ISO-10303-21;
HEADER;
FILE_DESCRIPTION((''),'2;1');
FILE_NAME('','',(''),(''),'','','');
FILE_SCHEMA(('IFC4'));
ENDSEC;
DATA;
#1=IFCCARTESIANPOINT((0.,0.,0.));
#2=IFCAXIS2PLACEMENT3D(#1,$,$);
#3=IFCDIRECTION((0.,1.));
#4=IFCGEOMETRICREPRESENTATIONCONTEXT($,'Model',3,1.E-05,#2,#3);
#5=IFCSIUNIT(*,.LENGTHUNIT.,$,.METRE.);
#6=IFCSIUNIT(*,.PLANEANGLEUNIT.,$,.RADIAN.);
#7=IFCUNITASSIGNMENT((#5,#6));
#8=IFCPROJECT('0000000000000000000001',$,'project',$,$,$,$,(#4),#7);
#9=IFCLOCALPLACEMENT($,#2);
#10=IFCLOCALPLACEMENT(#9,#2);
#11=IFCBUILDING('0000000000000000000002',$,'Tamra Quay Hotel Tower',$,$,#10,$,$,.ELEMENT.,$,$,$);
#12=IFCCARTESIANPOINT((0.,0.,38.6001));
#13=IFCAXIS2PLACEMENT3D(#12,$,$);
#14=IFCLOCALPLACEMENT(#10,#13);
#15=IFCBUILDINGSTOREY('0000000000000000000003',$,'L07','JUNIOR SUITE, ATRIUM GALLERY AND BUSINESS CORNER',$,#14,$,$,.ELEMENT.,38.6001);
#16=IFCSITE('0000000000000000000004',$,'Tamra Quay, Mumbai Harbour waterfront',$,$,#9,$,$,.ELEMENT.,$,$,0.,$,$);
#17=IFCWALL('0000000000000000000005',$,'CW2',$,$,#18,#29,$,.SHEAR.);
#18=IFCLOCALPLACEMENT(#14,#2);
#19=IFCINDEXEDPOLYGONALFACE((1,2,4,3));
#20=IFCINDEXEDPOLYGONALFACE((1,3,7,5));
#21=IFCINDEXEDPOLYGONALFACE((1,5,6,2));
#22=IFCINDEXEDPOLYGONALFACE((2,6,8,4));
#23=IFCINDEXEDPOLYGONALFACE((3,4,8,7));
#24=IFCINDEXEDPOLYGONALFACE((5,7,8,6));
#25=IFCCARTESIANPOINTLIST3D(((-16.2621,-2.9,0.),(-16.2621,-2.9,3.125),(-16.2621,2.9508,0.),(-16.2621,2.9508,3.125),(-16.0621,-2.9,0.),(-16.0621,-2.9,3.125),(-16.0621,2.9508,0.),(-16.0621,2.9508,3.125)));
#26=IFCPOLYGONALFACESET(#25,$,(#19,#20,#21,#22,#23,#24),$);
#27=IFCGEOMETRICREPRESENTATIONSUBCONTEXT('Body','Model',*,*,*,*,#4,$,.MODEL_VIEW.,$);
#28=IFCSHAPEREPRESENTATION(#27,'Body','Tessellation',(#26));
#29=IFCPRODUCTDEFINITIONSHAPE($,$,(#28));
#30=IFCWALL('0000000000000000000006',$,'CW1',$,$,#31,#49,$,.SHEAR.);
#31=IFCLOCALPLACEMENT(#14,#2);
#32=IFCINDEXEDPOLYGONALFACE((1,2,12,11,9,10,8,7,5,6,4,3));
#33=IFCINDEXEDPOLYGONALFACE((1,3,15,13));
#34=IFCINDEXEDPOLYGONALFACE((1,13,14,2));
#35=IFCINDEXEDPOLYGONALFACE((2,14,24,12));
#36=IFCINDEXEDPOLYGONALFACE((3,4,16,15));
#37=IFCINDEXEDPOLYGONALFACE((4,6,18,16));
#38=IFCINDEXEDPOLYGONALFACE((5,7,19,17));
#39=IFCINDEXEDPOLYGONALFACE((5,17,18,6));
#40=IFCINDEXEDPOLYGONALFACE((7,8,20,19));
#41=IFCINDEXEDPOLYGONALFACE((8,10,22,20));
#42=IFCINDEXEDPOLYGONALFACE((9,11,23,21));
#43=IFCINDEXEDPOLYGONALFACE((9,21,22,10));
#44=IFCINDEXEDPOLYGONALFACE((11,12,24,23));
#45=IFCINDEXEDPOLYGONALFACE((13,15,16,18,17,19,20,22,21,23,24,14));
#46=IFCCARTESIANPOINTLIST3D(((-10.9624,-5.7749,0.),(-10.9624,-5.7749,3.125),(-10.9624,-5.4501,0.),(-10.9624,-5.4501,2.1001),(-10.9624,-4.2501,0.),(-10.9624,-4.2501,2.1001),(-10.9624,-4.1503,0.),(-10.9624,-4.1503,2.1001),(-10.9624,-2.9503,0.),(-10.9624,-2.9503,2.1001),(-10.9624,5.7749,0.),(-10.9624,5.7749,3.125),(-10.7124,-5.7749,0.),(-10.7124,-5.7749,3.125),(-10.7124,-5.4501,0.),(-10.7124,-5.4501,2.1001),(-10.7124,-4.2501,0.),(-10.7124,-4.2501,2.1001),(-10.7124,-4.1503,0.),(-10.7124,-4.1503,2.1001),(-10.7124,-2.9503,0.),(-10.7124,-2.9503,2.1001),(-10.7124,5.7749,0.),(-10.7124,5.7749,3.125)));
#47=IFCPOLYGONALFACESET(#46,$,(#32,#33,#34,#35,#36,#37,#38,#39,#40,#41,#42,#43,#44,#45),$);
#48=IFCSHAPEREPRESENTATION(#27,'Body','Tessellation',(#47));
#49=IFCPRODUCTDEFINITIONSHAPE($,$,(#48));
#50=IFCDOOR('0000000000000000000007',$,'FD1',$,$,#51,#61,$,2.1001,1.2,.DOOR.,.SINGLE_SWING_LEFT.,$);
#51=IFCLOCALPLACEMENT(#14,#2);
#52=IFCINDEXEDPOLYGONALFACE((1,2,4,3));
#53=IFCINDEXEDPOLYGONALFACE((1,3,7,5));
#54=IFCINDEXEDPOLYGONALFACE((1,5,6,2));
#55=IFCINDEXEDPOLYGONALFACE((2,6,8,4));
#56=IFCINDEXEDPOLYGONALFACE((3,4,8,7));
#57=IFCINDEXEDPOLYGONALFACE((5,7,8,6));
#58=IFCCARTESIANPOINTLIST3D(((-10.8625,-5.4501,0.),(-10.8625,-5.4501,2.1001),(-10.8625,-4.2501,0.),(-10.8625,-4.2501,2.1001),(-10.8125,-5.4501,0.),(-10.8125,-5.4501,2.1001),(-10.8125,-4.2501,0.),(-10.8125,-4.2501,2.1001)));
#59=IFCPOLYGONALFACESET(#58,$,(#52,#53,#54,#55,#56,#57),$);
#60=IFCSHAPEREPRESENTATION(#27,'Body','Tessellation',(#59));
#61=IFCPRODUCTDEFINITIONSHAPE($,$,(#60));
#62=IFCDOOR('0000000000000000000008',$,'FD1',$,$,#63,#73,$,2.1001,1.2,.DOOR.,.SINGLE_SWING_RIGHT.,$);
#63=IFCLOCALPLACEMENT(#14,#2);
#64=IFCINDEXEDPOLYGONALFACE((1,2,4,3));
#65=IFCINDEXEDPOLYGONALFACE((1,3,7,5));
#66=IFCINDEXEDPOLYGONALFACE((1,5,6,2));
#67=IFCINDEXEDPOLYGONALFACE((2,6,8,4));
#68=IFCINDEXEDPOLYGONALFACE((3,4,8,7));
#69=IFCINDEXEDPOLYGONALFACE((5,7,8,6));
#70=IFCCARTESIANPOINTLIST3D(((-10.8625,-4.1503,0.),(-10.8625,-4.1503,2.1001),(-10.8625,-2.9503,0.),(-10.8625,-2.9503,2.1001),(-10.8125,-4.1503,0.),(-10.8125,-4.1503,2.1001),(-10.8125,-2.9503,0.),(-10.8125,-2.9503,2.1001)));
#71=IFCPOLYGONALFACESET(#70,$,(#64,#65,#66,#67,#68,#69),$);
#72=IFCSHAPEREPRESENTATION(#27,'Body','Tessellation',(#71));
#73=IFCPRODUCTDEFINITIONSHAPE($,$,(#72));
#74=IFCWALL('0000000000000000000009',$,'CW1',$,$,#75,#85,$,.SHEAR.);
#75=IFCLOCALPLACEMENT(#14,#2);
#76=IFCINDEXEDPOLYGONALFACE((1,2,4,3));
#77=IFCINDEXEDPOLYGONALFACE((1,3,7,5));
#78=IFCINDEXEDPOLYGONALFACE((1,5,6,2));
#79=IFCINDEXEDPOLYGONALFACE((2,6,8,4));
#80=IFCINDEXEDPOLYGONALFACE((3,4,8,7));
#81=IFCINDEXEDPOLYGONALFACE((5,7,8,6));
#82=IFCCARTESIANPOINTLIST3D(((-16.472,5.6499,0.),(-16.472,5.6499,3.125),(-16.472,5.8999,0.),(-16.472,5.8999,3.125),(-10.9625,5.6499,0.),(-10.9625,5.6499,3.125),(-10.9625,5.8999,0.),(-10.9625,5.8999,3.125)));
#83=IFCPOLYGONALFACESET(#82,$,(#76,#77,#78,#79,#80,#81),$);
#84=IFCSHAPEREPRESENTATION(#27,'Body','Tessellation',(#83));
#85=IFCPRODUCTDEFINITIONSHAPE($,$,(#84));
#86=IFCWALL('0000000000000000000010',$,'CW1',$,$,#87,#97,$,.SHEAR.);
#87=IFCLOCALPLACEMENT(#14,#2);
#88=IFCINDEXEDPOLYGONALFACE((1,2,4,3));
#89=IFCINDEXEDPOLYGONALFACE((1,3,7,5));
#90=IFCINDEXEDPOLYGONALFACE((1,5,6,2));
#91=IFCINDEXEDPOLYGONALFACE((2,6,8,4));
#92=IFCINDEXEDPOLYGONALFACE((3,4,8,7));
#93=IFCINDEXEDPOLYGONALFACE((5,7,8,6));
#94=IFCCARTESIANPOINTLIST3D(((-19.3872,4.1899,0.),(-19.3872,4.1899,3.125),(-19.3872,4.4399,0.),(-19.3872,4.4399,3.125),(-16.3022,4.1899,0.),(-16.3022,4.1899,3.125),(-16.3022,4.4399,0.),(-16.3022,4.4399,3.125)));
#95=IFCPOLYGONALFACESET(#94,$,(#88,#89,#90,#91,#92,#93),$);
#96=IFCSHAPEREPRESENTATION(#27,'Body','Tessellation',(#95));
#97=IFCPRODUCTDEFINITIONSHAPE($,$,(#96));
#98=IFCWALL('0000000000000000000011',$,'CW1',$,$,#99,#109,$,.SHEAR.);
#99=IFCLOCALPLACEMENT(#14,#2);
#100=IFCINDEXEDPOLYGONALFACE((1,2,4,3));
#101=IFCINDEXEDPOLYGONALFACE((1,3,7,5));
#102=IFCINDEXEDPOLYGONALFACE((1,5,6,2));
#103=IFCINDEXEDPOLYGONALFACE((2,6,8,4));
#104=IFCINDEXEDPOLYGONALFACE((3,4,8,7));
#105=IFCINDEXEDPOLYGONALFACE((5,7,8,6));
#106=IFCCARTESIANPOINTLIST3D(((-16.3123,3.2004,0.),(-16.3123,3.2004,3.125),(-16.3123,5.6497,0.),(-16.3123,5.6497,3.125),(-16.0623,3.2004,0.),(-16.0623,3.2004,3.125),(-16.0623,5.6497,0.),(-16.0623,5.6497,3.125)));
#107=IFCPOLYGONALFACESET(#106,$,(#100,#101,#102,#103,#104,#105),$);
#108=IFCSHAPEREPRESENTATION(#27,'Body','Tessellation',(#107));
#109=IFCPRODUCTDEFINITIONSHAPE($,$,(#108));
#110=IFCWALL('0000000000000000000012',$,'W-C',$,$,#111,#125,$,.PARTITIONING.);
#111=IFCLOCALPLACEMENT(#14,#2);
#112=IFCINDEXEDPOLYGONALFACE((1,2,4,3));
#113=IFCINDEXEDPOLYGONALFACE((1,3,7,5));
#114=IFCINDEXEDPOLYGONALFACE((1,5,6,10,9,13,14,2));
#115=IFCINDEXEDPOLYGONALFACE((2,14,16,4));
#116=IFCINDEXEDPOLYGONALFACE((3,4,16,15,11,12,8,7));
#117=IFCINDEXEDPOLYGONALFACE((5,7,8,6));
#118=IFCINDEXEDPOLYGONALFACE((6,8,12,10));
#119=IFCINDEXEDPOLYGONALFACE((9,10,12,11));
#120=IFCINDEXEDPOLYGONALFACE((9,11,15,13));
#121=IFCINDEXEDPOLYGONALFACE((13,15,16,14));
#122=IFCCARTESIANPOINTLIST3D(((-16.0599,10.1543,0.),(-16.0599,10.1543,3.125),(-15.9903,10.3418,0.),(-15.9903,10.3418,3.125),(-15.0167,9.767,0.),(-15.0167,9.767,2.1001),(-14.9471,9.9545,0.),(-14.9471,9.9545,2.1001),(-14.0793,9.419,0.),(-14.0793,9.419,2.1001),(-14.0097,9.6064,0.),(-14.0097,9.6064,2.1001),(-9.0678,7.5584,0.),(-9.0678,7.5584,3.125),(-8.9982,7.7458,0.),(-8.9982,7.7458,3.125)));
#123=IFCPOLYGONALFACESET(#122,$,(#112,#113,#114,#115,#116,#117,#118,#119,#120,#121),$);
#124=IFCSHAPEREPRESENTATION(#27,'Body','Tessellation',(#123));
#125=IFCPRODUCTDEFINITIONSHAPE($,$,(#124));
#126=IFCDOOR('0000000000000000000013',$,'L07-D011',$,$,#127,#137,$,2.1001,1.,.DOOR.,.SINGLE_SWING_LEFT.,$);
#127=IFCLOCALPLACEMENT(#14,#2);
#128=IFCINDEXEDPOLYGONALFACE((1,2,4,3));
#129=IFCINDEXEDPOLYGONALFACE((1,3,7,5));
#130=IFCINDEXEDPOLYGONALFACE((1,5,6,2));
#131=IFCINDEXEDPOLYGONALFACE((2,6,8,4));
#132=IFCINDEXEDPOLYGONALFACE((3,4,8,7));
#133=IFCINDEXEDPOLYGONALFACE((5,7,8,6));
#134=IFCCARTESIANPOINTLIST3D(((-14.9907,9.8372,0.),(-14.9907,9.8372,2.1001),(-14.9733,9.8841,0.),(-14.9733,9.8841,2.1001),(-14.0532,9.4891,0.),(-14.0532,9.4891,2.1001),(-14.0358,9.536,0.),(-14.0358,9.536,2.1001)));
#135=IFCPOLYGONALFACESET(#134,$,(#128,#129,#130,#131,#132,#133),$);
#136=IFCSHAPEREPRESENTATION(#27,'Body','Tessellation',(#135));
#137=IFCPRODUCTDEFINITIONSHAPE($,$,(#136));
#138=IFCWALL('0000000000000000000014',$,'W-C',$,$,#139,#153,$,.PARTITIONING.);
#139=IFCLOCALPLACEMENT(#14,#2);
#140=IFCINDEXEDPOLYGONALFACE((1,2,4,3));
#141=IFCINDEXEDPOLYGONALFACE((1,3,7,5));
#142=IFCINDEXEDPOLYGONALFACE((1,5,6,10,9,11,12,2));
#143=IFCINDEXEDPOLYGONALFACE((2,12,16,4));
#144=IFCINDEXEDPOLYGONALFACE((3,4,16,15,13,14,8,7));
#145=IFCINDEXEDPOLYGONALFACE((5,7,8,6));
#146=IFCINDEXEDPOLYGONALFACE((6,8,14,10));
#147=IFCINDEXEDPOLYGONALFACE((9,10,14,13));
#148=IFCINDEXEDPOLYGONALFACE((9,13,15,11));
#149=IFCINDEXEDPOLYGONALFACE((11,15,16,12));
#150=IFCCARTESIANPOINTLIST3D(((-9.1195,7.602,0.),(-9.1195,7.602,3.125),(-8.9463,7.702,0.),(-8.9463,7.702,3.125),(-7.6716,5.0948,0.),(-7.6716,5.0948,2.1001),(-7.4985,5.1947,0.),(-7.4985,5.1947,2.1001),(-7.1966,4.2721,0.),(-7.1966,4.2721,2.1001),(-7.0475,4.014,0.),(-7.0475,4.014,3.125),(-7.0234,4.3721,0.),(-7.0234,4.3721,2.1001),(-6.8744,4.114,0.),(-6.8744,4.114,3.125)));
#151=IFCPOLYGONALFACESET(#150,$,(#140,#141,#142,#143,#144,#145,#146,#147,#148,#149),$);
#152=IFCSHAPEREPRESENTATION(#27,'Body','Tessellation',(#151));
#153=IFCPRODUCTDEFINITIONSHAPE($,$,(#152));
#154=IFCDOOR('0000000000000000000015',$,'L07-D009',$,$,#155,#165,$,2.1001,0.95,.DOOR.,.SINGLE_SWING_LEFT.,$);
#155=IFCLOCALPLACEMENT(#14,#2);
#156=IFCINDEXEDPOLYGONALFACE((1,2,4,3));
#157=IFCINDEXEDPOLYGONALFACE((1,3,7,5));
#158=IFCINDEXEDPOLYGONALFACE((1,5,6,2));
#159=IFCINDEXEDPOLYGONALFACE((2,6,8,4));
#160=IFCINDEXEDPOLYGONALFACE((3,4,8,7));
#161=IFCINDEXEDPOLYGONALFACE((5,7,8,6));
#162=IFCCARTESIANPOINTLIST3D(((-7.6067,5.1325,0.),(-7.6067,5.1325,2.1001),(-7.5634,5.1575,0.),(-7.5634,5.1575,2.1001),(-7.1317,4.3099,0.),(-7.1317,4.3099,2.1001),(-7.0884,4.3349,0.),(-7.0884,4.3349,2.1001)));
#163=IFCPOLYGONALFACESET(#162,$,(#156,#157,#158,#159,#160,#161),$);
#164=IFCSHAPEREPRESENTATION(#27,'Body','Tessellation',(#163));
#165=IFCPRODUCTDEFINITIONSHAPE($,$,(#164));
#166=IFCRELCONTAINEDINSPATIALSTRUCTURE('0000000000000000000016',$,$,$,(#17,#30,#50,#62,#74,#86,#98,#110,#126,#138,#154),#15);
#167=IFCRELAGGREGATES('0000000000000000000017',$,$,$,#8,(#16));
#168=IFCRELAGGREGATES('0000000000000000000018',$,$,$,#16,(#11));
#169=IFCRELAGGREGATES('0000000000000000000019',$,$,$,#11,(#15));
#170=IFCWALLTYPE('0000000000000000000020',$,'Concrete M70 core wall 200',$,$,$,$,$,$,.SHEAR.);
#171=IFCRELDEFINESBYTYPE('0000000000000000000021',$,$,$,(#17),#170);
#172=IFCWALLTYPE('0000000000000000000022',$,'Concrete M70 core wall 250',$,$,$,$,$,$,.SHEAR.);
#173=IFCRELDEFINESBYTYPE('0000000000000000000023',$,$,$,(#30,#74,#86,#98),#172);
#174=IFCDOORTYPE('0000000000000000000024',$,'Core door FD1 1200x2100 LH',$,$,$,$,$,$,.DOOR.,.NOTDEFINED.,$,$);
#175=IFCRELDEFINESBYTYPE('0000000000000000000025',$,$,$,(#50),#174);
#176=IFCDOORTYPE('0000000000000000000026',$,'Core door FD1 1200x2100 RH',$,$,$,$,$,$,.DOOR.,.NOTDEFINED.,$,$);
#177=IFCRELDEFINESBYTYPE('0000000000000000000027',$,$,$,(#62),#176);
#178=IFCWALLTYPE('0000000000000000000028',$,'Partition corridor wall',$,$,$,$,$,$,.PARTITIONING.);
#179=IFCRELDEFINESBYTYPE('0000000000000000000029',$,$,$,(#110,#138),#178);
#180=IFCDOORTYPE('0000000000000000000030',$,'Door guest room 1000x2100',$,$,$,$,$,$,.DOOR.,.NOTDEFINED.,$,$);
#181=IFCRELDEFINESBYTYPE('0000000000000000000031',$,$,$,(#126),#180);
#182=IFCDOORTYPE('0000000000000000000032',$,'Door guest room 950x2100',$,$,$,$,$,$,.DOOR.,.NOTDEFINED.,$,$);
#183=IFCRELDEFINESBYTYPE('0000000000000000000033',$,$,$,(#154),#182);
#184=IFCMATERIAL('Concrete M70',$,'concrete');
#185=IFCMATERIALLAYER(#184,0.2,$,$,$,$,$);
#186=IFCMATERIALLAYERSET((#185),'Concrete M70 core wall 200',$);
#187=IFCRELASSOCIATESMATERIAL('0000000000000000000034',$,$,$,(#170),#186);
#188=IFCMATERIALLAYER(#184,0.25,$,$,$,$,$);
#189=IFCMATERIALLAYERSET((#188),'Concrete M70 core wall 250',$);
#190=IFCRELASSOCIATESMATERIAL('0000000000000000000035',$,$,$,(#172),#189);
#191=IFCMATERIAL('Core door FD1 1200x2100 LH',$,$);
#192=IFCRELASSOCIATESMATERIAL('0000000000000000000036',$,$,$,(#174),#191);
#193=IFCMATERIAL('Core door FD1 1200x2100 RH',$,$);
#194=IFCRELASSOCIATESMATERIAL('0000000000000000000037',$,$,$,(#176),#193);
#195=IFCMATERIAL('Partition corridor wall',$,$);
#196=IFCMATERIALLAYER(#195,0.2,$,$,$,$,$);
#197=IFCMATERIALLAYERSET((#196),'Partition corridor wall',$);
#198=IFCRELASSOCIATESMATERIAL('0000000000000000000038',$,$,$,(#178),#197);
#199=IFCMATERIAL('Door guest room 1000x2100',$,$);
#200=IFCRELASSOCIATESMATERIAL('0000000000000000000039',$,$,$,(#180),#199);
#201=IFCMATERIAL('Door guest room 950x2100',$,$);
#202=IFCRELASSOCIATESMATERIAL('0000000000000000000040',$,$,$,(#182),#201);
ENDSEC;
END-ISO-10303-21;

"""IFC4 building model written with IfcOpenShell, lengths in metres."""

from ifc_helpers import new_model, si_unit, direction, frame, frame_2d, origin, place, context, subcontext, project, spatial, rectangle, extrude, material, layer, layer_set, type_object, element, fill, save


model = new_model("IFC4")

# Units and contexts
model_context = context("Model", 3, precision=1e-05, world=origin(), true_north=direction((0.0, 1.0)))
body_context = subcontext(model_context, "Body", "Model", "MODEL_VIEW")
ifc_project = project(units=[si_unit("LENGTHUNIT", "METRE"), si_unit("PLANEANGLEUNIT", "RADIAN")], contexts=[model_context])

# Site, building, storey
site_placement = place(None, origin())
site = spatial("IfcSite", under=ifc_project, at=site_placement, Name="Tamra Quay, Mumbai Harbour waterfront", CompositionType="ELEMENT", RefElevation=0.0)
building_placement = place(site_placement, origin())
building = spatial("IfcBuilding", under=site, at=building_placement, Name="Tamra Quay Hotel Tower", CompositionType="ELEMENT")
storey_placement = place(building_placement, frame((0.0, 0.0, 38.6001)))
storey = spatial("IfcBuildingStorey", under=building, at=storey_placement, Name="L07", Description="JUNIOR SUITE, ATRIUM GALLERY AND BUSINESS CORNER", CompositionType="ELEMENT", Elevation=38.6001)

# Wall
ifc_material_1 = material(Name="Concrete M70", Category="concrete")
ifc_layer_1 = layer(ifc_material_1, 0.2)
ifc_layer_set_1 = layer_set([ifc_layer_1], Name="Concrete M70 core wall 200")
wall_type_1 = type_object("IfcWallType", Name="Concrete M70 core wall 200", PredefinedType="SHEAR", material=ifc_layer_set_1)
wall_1_placement = place(storey_placement, frame((-16.1621, 2.9507, 0.0), z_axis=(0.0, 0.0, 1.0), x_axis=(0.0, -1.0, 0.0)))
element("IfcWall", 1, at=wall_1_placement, inside=storey, type_object=wall_type_1, Name="CW2", PredefinedType="SHEAR", context=body_context, shape_type="SweptSolid", body=[
    extrude(rectangle(XDim=5.8508, YDim=0.2, at=frame_2d((2.9253, 0.0))), origin(), (0.0, 0.0, 1.0), 3.125),
])

# Wall, openings, doors
ifc_layer_2 = layer(ifc_material_1, 0.25)
ifc_layer_set_2 = layer_set([ifc_layer_2], Name="Concrete M70 core wall 250")
wall_type_2 = type_object("IfcWallType", Name="Concrete M70 core wall 250", PredefinedType="SHEAR", material=ifc_layer_set_2)
wall_2_placement = place(storey_placement, frame((-10.8374, 5.7749, 0.0), z_axis=(0.0, 0.0, 1.0), x_axis=(0.0, -1.0, 0.0)))
wall_2 = element("IfcWall", 2, at=wall_2_placement, inside=storey, type_object=wall_type_2, Name="CW1", PredefinedType="SHEAR", context=body_context, shape_type="SweptSolid", body=[
    extrude(rectangle(XDim=11.5498, YDim=0.25, at=frame_2d((5.7749, 0.0))), origin(), (0.0, 0.0, 1.0), 3.125),
])
opening_1_placement = place(wall_2_placement, frame((10.0249, 0.0, 0.0)))
opening_1 = element("IfcOpeningElement", 3, at=opening_1_placement, cuts=wall_2, PredefinedType="OPENING", context=body_context, shape_type="SweptSolid", body=[
    extrude(rectangle(XDim=1.2, YDim=2.1001, at=frame_2d((0.6001, 1.05))), frame((0.0, 0.135, 0.0), z_axis=(0.0, -1.0, 0.0), x_axis=(1.0, 0.0, 0.0)), (0.0, 0.0, 1.0), 0.27),
])
opening_2_placement = place(wall_2_placement, frame((8.7251, 0.0, 0.0)))
opening_2 = element("IfcOpeningElement", 4, at=opening_2_placement, cuts=wall_2, PredefinedType="OPENING", context=body_context, shape_type="SweptSolid", body=[
    extrude(rectangle(XDim=1.2, YDim=2.1001, at=frame_2d((0.6001, 1.05))), frame((0.0, 0.135, 0.0), z_axis=(0.0, -1.0, 0.0), x_axis=(1.0, 0.0, 0.0)), (0.0, 0.0, 1.0), 0.27),
])
ifc_material_2 = material(Name="Core door FD1 1200x2100 LH")
door_type_1 = type_object("IfcDoorType", Name="Core door FD1 1200x2100 LH", OperationType="NOTDEFINED", PredefinedType="DOOR", material=ifc_material_2)
door_1_placement = place(opening_1_placement, origin())
door_1 = element("IfcDoor", 5, at=door_1_placement, inside=storey, type_object=door_type_1, Name="FD1", OperationType="SINGLE_SWING_LEFT", OverallHeight=2.1001, OverallWidth=1.2, PredefinedType="DOOR", context=body_context, shape_type="SweptSolid", body=[
    extrude(rectangle(XDim=1.2, YDim=2.1001, at=frame_2d((0.6001, 1.05))), frame((0.0, 0.0249, 0.0), z_axis=(0.0, -1.0, 0.0), x_axis=(1.0, 0.0, 0.0)), (0.0, 0.0, 1.0), 0.05),
])
fill(opening_1, door_1)
ifc_material_3 = material(Name="Core door FD1 1200x2100 RH")
door_type_2 = type_object("IfcDoorType", Name="Core door FD1 1200x2100 RH", OperationType="NOTDEFINED", PredefinedType="DOOR", material=ifc_material_3)
door_2_placement = place(opening_2_placement, origin())
door_2 = element("IfcDoor", 6, at=door_2_placement, inside=storey, type_object=door_type_2, Name="FD1", OperationType="SINGLE_SWING_RIGHT", OverallHeight=2.1001, OverallWidth=1.2, PredefinedType="DOOR", context=body_context, shape_type="SweptSolid", body=[
    extrude(rectangle(XDim=1.2, YDim=2.1001, at=frame_2d((0.6001, 1.05))), frame((0.0, 0.0249, 0.0), z_axis=(0.0, -1.0, 0.0), x_axis=(1.0, 0.0, 0.0)), (0.0, 0.0, 1.0), 0.05),
])
fill(opening_2, door_2)

# Walls
wall_3_placement = place(storey_placement, frame((-16.4722, 5.7749, 0.0), z_axis=(0.0, 0.0, 1.0), x_axis=(1.0, 0.0, 0.0)))
element("IfcWall", 7, at=wall_3_placement, inside=storey, type_object=wall_type_2, Name="CW1", PredefinedType="SHEAR", context=body_context, shape_type="SweptSolid", body=[
    extrude(rectangle(XDim=5.5095, YDim=0.25, at=frame_2d((2.7549, 0.0))), origin(), (0.0, 0.0, 1.0), 3.125),
])
wall_4_placement = place(storey_placement, frame((-16.3022, 4.3149, 0.0), z_axis=(0.0, 0.0, 1.0), x_axis=(-1.0, 0.0, 0.0)))
element("IfcWall", 8, at=wall_4_placement, inside=storey, type_object=wall_type_2, Name="CW1", PredefinedType="SHEAR", context=body_context, shape_type="SweptSolid", body=[
    extrude(rectangle(XDim=3.085, YDim=0.25, at=frame_2d((1.5425, 0.0))), origin(), (0.0, 0.0, 1.0), 3.125),
])
wall_5_placement = place(storey_placement, frame((-16.1873, 3.2004, 0.0), z_axis=(0.0, 0.0, 1.0), x_axis=(0.0, 1.0, 0.0)))
element("IfcWall", 9, at=wall_5_placement, inside=storey, type_object=wall_type_2, Name="CW1", PredefinedType="SHEAR", context=body_context, shape_type="SweptSolid", body=[
    extrude(rectangle(XDim=2.4492, YDim=0.25, at=frame_2d((1.2246, 0.0))), origin(), (0.0, 0.0, 1.0), 3.125),
])

# Walls, openings, doors
ifc_material_4 = material(Name="Partition corridor wall")
ifc_layer_3 = layer(ifc_material_4, 0.2)
ifc_layer_set_3 = layer_set([ifc_layer_3], Name="Partition corridor wall")
wall_type_3 = type_object("IfcWallType", Name="Partition corridor wall", PredefinedType="PARTITIONING", material=ifc_layer_set_3)
wall_6_placement = place(storey_placement, frame((-16.0251, 10.248, 0.0), z_axis=(0.0, 0.0, 1.0), x_axis=(0.937476, -0.348051, 0.0)))
wall_6 = element("IfcWall", 10, at=wall_6_placement, inside=storey, type_object=wall_type_3, Name="W-C", PredefinedType="PARTITIONING", context=body_context, shape_type="SweptSolid", body=[
    extrude(rectangle(XDim=7.4585, YDim=0.2, at=frame_2d((3.7292, 0.0))), origin(), (0.0, 0.0, 1.0), 3.125),
])
opening_3_placement = place(wall_6_placement, frame((1.1128, 0.0, 0.0)))
opening_3 = element("IfcOpeningElement", 11, at=opening_3_placement, cuts=wall_6, PredefinedType="OPENING", context=body_context, shape_type="SweptSolid", body=[
    extrude(rectangle(XDim=1.0, YDim=2.1001, at=frame_2d((0.5, 1.05))), frame((0.0, 0.1099, 0.0), z_axis=(0.0, -1.0, 0.0), x_axis=(1.0, 0.0, 0.0)), (0.0, 0.0, 1.0), 0.22),
])
ifc_material_5 = material(Name="Door guest room 1000x2100")
door_type_3 = type_object("IfcDoorType", Name="Door guest room 1000x2100", OperationType="NOTDEFINED", PredefinedType="DOOR", material=ifc_material_5)
door_3_placement = place(opening_3_placement, origin())
door_3 = element("IfcDoor", 12, at=door_3_placement, inside=storey, type_object=door_type_3, Name="L07-D011", OperationType="SINGLE_SWING_LEFT", OverallHeight=2.1001, OverallWidth=1.0, PredefinedType="DOOR", context=body_context, shape_type="SweptSolid", body=[
    extrude(rectangle(XDim=1.0, YDim=2.1001, at=frame_2d((0.5, 1.05))), frame((0.0, 0.0249, 0.0), z_axis=(0.0, -1.0, 0.0), x_axis=(1.0, 0.0, 0.0)), (0.0, 0.0, 1.0), 0.05),
])
fill(opening_3, door_3)
wall_7_placement = place(storey_placement, frame((-9.033, 7.6521, 0.0), z_axis=(0.0, 0.0, 1.0), x_axis=(0.500074, -0.865982, 0.0)))
wall_7 = element("IfcWall", 13, at=wall_7_placement, inside=storey, type_object=wall_type_3, Name="W-C", PredefinedType="PARTITIONING", context=body_context, shape_type="SweptSolid", body=[
    extrude(rectangle(XDim=4.1433, YDim=0.2, at=frame_2d((2.0718, 0.0))), origin(), (0.0, 0.0, 1.0), 3.125),
])
opening_4_placement = place(wall_7_placement, frame((2.8953, 0.0, 0.0)))
opening_4 = element("IfcOpeningElement", 14, at=opening_4_placement, cuts=wall_7, PredefinedType="OPENING", context=body_context, shape_type="SweptSolid", body=[
    extrude(rectangle(XDim=0.95, YDim=2.1001, at=frame_2d((0.4751, 1.05))), frame((0.0, 0.1099, 0.0), z_axis=(0.0, -1.0, 0.0), x_axis=(1.0, 0.0, 0.0)), (0.0, 0.0, 1.0), 0.22),
])
ifc_material_6 = material(Name="Door guest room 950x2100")
door_type_4 = type_object("IfcDoorType", Name="Door guest room 950x2100", OperationType="NOTDEFINED", PredefinedType="DOOR", material=ifc_material_6)
door_4_placement = place(opening_4_placement, frame((0.95, 0.0, 0.0), z_axis=(0.0, 0.0, 1.0), x_axis=(-1.0, 0.0, 0.0)))
door_4 = element("IfcDoor", 15, at=door_4_placement, inside=storey, type_object=door_type_4, Name="L07-D009", OperationType="SINGLE_SWING_LEFT", OverallHeight=2.1001, OverallWidth=0.95, PredefinedType="DOOR", context=body_context, shape_type="SweptSolid", body=[
    extrude(rectangle(XDim=0.95, YDim=2.1001, at=frame_2d((0.4751, 1.05))), frame((0.0, 0.0249, 0.0), z_axis=(0.0, -1.0, 0.0), x_axis=(1.0, 0.0, 0.0)), (0.0, 0.0, 1.0), 0.05),
])
fill(opening_4, door_4)

save(model, "model.ifc")
